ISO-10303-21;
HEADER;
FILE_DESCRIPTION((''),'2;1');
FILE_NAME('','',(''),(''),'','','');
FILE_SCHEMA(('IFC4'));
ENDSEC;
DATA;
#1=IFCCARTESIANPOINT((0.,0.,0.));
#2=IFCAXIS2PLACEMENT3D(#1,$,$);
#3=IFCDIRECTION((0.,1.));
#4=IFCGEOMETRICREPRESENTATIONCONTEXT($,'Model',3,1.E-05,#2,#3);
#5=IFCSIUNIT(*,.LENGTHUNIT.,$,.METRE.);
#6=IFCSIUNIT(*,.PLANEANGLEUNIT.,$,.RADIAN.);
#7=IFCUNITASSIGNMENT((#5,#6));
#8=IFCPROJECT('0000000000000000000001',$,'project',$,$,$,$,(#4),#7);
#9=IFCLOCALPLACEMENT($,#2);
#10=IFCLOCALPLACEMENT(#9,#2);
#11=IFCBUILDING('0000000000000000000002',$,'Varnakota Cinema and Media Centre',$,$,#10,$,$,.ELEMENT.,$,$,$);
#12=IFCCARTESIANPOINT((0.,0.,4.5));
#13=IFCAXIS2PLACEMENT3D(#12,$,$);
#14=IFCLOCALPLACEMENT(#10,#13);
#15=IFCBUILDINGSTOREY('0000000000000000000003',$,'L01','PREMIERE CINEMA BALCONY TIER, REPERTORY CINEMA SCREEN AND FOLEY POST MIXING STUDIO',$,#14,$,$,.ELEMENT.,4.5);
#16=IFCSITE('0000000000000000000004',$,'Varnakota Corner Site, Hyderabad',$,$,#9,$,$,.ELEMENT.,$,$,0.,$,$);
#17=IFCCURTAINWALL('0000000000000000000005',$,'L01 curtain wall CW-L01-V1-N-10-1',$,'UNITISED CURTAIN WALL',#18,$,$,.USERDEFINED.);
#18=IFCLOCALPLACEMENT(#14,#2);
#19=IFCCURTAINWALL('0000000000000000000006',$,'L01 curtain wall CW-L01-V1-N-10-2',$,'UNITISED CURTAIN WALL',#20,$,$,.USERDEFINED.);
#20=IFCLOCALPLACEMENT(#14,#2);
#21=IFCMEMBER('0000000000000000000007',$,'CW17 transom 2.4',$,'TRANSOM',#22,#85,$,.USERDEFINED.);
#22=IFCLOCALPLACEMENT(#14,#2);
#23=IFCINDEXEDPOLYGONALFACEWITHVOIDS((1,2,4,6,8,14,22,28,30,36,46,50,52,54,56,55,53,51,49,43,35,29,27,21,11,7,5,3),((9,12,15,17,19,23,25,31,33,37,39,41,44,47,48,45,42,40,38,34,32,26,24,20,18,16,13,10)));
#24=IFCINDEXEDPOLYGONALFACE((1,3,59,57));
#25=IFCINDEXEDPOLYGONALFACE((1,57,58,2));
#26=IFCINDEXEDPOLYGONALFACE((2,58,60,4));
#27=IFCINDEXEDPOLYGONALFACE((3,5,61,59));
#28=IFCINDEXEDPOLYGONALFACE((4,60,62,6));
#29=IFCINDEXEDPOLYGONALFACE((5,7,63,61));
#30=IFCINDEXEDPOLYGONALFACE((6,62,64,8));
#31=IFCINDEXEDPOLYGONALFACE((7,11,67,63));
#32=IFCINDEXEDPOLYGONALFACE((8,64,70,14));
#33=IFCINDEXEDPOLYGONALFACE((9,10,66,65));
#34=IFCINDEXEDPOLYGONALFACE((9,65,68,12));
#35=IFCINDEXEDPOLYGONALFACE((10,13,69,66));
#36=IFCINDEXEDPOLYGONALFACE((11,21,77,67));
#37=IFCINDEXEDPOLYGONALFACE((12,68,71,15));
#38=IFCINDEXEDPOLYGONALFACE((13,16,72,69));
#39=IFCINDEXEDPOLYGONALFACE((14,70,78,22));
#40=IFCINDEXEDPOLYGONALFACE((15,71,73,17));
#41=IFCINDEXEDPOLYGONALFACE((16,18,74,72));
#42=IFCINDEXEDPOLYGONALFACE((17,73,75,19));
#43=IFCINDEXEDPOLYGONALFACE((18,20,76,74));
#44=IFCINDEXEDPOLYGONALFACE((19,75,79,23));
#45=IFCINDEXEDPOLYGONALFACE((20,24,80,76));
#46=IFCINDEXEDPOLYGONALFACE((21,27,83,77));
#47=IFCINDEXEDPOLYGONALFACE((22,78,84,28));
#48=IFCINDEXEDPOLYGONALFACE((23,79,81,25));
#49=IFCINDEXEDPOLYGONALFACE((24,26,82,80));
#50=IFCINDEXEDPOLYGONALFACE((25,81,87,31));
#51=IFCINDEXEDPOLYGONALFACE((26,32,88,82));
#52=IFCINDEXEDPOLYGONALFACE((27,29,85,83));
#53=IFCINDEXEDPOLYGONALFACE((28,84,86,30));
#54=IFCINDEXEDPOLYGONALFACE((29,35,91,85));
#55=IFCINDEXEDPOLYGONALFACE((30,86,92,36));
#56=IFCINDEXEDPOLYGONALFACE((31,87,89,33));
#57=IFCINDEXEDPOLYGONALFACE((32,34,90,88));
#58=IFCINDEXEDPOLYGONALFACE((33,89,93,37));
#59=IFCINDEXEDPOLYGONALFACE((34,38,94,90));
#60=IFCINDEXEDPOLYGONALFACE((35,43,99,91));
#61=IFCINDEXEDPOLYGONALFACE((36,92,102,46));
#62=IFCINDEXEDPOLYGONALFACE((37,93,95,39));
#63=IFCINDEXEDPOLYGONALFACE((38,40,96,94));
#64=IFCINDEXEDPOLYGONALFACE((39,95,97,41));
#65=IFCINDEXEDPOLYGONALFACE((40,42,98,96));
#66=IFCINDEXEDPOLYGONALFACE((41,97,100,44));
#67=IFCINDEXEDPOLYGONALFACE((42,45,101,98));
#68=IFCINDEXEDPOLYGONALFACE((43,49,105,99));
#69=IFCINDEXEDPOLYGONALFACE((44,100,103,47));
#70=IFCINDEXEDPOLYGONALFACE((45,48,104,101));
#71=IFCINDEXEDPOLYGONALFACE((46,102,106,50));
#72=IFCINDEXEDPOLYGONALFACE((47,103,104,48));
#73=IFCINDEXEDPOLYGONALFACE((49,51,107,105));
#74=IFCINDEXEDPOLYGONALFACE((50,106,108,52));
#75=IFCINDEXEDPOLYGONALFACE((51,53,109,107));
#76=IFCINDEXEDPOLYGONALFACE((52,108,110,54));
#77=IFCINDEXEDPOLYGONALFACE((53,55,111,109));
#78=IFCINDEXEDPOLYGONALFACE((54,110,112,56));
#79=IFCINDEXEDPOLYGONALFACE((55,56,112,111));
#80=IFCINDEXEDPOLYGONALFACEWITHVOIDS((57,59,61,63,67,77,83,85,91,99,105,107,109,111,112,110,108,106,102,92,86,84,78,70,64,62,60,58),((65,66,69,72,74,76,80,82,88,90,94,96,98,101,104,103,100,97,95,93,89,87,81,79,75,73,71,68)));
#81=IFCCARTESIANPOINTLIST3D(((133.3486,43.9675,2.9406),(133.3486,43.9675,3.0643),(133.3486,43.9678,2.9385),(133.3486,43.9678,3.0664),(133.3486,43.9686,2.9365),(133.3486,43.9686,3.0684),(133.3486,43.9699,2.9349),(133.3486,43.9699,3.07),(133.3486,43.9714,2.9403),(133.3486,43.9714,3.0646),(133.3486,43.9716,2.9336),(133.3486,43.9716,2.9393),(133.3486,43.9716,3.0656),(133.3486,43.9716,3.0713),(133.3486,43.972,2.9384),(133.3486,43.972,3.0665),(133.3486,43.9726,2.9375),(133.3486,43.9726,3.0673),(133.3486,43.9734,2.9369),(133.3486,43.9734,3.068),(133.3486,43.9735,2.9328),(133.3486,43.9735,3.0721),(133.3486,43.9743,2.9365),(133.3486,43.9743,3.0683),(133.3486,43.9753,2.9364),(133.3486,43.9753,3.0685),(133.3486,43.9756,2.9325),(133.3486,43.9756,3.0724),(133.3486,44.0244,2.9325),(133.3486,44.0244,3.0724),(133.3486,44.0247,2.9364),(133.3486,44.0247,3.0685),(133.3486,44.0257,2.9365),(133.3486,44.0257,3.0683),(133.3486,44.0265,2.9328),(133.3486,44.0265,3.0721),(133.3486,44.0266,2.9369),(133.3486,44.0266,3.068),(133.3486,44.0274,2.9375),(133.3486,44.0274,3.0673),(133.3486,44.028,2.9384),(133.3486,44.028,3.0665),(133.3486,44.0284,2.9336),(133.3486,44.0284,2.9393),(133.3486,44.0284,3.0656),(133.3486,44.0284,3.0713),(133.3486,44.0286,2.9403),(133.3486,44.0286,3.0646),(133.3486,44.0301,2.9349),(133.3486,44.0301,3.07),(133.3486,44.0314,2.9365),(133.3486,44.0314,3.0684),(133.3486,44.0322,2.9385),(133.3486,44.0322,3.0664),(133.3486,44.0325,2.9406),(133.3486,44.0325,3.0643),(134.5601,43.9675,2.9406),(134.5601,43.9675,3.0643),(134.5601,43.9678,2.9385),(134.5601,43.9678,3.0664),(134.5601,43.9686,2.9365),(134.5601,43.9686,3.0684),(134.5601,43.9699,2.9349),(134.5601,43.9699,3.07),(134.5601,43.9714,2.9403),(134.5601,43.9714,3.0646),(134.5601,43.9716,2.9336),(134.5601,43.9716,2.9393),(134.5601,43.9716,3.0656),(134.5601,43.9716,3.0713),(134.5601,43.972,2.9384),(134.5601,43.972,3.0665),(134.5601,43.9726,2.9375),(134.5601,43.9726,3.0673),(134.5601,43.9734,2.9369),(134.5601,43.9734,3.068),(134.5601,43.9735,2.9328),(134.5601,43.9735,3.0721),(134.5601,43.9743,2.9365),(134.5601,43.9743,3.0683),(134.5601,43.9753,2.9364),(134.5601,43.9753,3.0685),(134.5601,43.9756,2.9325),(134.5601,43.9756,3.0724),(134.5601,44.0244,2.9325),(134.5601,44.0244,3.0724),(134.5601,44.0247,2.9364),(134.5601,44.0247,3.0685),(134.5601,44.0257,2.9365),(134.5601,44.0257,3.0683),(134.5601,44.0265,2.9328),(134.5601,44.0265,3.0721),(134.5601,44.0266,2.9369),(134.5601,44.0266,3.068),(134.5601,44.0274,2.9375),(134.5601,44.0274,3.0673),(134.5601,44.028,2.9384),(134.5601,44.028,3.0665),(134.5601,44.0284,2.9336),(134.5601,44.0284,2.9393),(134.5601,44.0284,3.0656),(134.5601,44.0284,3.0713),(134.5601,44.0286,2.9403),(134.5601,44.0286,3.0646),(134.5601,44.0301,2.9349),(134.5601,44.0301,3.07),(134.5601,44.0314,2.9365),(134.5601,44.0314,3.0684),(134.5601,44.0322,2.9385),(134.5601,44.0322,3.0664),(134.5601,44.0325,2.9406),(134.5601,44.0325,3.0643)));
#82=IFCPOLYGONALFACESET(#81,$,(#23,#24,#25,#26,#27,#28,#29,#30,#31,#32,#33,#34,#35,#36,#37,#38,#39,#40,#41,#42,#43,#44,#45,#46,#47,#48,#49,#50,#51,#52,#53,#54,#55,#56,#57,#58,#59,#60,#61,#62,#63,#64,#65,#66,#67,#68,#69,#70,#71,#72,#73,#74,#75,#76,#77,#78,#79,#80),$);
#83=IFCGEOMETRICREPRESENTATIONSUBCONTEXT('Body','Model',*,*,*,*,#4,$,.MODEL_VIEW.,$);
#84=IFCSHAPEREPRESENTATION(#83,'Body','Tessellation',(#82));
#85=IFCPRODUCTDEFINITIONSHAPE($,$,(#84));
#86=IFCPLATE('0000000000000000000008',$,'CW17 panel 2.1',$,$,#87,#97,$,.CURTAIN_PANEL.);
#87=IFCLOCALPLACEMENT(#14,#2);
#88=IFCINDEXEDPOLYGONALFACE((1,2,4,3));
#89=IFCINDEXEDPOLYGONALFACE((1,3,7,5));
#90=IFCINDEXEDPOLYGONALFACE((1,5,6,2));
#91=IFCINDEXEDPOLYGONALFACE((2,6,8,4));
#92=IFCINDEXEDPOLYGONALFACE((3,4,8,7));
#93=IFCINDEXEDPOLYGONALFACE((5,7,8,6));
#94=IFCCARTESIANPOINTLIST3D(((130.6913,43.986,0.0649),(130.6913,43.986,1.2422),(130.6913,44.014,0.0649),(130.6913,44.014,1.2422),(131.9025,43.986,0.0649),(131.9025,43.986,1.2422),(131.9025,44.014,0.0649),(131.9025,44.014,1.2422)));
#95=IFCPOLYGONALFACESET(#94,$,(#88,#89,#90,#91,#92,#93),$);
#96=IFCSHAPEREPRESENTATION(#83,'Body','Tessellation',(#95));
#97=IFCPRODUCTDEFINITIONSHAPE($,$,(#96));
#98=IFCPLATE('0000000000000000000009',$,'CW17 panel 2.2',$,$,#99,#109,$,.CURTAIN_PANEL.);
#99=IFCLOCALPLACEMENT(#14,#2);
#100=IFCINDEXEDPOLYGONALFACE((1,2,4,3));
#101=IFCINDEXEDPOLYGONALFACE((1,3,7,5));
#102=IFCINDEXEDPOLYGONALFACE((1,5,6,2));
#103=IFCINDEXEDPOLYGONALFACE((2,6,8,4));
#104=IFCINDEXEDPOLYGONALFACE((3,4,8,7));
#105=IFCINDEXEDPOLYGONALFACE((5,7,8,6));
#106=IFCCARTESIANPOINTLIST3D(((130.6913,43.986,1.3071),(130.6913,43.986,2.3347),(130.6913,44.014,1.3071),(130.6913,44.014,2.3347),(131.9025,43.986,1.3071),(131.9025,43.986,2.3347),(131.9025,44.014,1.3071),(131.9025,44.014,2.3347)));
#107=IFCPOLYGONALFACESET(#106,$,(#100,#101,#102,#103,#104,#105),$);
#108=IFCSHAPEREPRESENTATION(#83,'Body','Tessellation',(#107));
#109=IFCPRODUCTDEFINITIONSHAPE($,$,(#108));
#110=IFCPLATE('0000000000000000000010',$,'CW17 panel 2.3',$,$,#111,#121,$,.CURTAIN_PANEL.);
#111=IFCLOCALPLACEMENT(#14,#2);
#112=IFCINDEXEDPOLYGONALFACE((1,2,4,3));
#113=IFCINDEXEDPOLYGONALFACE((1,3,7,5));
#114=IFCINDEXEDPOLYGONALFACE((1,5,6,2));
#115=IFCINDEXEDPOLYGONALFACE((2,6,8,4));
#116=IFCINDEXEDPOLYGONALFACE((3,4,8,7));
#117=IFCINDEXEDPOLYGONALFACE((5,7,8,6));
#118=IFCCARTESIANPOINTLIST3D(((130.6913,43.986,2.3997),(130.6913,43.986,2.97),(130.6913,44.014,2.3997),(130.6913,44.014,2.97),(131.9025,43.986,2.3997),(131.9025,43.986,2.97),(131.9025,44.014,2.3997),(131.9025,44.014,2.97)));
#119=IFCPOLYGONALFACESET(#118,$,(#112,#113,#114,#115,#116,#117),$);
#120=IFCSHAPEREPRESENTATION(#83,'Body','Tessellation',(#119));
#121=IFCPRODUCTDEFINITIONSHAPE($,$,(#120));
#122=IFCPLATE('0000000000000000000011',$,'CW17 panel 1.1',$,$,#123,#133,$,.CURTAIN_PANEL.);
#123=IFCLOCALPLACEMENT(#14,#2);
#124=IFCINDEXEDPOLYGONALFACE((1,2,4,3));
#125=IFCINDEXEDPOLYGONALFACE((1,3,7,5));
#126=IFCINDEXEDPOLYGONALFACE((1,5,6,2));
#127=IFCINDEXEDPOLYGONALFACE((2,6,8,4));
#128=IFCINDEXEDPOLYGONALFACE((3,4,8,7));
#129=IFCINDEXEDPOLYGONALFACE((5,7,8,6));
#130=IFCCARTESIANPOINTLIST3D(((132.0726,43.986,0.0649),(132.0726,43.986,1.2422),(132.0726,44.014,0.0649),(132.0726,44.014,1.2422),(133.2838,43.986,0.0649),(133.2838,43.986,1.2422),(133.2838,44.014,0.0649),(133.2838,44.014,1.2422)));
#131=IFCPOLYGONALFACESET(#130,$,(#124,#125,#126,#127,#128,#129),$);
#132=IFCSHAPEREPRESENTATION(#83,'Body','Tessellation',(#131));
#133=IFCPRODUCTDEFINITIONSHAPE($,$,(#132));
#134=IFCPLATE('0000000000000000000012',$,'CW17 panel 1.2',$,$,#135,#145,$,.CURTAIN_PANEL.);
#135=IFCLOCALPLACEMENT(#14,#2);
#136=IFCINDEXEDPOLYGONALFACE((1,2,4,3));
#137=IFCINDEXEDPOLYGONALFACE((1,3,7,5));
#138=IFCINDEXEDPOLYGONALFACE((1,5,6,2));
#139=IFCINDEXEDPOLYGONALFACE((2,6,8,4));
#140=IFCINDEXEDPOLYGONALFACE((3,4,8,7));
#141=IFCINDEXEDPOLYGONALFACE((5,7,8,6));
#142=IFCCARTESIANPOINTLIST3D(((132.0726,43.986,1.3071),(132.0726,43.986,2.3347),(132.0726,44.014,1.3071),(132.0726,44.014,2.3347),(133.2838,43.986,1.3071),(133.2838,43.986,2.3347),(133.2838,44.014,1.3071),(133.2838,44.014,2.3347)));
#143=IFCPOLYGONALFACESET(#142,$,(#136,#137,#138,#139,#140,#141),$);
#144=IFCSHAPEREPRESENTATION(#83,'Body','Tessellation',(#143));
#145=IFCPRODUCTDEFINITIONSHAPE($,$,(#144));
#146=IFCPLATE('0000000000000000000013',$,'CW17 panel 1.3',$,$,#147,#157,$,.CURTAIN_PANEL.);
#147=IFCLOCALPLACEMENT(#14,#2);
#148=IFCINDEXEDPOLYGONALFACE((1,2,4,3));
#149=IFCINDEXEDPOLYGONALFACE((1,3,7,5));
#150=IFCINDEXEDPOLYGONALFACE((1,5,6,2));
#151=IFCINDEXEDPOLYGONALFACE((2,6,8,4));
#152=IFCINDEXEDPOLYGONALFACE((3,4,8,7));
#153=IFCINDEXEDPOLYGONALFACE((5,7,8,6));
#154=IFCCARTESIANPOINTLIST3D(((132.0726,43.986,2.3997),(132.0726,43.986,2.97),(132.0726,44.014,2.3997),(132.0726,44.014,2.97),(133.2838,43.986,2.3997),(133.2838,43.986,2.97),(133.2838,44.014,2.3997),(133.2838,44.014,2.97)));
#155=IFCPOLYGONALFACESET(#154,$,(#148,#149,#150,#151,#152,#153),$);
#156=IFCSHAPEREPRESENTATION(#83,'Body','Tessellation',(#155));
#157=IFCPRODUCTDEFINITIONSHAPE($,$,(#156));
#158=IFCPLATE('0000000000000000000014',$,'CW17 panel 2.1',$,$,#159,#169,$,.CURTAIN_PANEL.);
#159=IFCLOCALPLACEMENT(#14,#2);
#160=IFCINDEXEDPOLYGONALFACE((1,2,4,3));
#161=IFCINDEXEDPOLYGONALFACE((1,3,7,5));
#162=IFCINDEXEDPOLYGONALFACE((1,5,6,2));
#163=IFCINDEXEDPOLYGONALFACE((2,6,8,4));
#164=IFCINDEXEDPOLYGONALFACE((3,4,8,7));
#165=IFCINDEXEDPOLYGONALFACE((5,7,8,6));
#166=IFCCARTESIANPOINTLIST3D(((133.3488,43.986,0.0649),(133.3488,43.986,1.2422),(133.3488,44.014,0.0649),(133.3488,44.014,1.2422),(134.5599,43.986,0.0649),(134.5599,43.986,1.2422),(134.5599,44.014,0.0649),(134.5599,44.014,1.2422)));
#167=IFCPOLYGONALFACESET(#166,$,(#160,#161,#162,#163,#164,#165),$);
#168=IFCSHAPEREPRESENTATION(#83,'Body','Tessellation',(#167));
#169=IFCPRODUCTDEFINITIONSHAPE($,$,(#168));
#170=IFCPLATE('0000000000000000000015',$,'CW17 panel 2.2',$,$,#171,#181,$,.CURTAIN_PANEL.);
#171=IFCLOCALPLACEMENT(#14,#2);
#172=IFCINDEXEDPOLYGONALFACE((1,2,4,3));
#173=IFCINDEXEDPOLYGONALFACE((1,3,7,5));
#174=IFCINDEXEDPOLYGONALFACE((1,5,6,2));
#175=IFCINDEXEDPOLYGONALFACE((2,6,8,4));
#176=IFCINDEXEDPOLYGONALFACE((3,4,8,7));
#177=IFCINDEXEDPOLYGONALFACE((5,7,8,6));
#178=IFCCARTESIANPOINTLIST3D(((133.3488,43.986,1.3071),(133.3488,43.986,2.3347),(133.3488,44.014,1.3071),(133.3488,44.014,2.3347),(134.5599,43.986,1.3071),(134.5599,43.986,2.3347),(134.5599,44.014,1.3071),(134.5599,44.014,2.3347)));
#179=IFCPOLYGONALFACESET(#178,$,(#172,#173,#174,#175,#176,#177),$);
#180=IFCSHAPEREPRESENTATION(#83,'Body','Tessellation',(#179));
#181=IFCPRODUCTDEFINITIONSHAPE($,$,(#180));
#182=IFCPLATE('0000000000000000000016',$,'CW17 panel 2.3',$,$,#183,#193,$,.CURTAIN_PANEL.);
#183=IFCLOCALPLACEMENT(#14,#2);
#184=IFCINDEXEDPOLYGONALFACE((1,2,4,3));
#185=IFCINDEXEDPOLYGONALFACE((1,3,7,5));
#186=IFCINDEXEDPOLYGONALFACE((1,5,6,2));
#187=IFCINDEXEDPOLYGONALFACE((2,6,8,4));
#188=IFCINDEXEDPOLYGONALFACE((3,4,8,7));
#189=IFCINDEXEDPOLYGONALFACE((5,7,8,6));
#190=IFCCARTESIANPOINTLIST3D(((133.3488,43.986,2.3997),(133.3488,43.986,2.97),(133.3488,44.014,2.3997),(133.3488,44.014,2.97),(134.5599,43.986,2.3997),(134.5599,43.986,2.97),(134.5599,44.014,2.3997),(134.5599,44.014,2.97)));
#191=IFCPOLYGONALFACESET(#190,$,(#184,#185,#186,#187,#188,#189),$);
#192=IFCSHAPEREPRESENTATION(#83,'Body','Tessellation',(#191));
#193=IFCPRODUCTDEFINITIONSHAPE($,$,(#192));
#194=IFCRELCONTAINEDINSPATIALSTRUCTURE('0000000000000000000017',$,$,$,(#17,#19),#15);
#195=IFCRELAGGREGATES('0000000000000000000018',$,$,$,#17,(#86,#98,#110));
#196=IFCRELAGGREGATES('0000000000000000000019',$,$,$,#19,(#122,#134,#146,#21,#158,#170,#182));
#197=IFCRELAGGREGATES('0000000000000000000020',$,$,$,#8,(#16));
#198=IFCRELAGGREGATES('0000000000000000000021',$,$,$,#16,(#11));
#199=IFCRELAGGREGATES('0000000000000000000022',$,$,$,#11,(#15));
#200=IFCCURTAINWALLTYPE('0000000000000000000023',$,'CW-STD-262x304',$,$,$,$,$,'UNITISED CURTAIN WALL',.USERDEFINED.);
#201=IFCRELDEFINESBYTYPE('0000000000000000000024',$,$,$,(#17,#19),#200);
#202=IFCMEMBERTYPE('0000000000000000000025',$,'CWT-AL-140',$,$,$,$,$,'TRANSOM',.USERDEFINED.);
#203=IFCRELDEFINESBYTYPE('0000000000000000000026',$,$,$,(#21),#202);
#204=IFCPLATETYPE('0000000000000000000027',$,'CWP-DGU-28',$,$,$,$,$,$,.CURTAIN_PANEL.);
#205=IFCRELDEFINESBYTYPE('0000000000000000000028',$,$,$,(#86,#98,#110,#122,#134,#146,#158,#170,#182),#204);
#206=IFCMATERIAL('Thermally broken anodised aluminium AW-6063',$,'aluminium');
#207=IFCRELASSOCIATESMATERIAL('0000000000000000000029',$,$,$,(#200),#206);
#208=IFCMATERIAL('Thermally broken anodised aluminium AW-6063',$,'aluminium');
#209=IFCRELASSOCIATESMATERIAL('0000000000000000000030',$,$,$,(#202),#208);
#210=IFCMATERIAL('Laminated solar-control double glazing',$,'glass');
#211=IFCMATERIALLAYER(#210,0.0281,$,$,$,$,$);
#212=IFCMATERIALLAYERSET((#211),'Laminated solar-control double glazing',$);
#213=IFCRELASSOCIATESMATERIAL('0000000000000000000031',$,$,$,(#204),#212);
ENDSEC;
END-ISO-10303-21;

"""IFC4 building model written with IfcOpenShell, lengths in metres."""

from ifc_helpers import new_model, si_unit, direction, frame, origin, origin_2d, place, context, subcontext, project, spatial, rectangle, hollow_rectangle, extrude, material, layer, layer_set, material_profile, profile_set, type_object, element, aggregate, save


model = new_model("IFC4")

# Units and contexts
model_context = context("Model", 3, precision=1e-05, world=origin(), true_north=direction((0.0, 1.0)))
body_context = subcontext(model_context, "Body", "Model", "MODEL_VIEW")
ifc_project = project(units=[si_unit("LENGTHUNIT", "METRE"), si_unit("PLANEANGLEUNIT", "RADIAN")], contexts=[model_context])

# Site, building, storey
site_placement = place(None, origin())
site = spatial("IfcSite", under=ifc_project, at=site_placement, Name="Varnakota Corner Site, Hyderabad", CompositionType="ELEMENT", RefElevation=0.0)
building_placement = place(site_placement, origin())
building = spatial("IfcBuilding", under=site, at=building_placement, Name="Varnakota Cinema and Media Centre", CompositionType="ELEMENT")
storey_placement = place(building_placement, frame((0.0, 0.0, 4.5)))
storey = spatial("IfcBuildingStorey", under=building, at=storey_placement, Name="L01", Description="PREMIERE CINEMA BALCONY TIER, REPERTORY CINEMA SCREEN AND FOLEY POST MIXING STUDIO", CompositionType="ELEMENT", Elevation=4.5)

# Curtain wall
ifc_material_1 = material(Name="Thermally broken anodised aluminium AW-6063", Category="aluminium")
curtain_wall_type = type_object("IfcCurtainWallType", Name="CW-STD-262x304", ElementType="UNITISED CURTAIN WALL", PredefinedType="USERDEFINED", material=ifc_material_1)
curtain_wall_1_placement = place(storey_placement, origin())
curtain_wall_1 = element("IfcCurtainWall", 1, at=curtain_wall_1_placement, inside=storey, type_object=curtain_wall_type, Name="L01 curtain wall CW-L01-V1-N-10-1", ObjectType="UNITISED CURTAIN WALL", PredefinedType="USERDEFINED")

# Curtain wall, member
curtain_wall_2_placement = place(storey_placement, origin())
curtain_wall_2 = element("IfcCurtainWall", 2, at=curtain_wall_2_placement, inside=storey, type_object=curtain_wall_type, Name="L01 curtain wall CW-L01-V1-N-10-2", ObjectType="UNITISED CURTAIN WALL", PredefinedType="USERDEFINED")
ifc_material_2 = material(Name="Thermally broken anodised aluminium AW-6063", Category="aluminium")
ifc_material_profile_1 = material_profile(ifc_material_2, hollow_rectangle(XDim=0.0649, YDim=0.1399, WallThickness=0.0039, InnerFilletRadius=0.0039, OuterFilletRadius=0.0081, at=origin_2d()), Name="AL-TRANSOM 140x65x4")
ifc_profile_set_1 = profile_set([ifc_material_profile_1], Name="Thermally broken anodised aluminium AW-6063")
member_type_1 = type_object("IfcMemberType", Name="CWT-AL-140", ElementType="TRANSOM", PredefinedType="USERDEFINED", material=ifc_profile_set_1)
member_1_placement = place(storey_placement, frame((133.3486, 44.0, 3.0024), z_axis=(1.0, 0.0, 0.0), x_axis=(0.0, 1.0, 0.0)))
member_1 = element("IfcMember", 3, at=member_1_placement, type_object=member_type_1, Name="CW17 transom 2.4", ObjectType="TRANSOM", PredefinedType="USERDEFINED", context=body_context, shape_type="SweptSolid", body=[
    extrude(hollow_rectangle(XDim=0.0649, YDim=0.1399, WallThickness=0.0039, InnerFilletRadius=0.0039, OuterFilletRadius=0.0081, at=origin_2d()), origin(), (0.0, 0.0, 1.0), 1.2114),
])

# Plates
ifc_material_3 = material(Name="Laminated solar-control double glazing", Category="glass")
ifc_layer_1 = layer(ifc_material_3, 0.0281)
ifc_layer_set_1 = layer_set([ifc_layer_1], Name="Laminated solar-control double glazing")
plate_type = type_object("IfcPlateType", Name="CWP-DGU-28", PredefinedType="CURTAIN_PANEL", material=ifc_layer_set_1)
plate_1_placement = place(storey_placement, frame((131.2969, 44.0, 0.0649), z_axis=(0.0, 0.0, 1.0), x_axis=(1.0, 0.0, 0.0)))
plate_1 = element("IfcPlate", 4, at=plate_1_placement, type_object=plate_type, Name="CW17 panel 2.1", PredefinedType="CURTAIN_PANEL", context=body_context, shape_type="SweptSolid", body=[
    extrude(rectangle(XDim=1.2112, YDim=0.0281, at=origin_2d()), origin(), (0.0, 0.0, 1.0), 1.1772),
])
plate_2_placement = place(storey_placement, frame((131.2969, 44.0, 1.3071), z_axis=(0.0, 0.0, 1.0), x_axis=(1.0, 0.0, 0.0)))
plate_2 = element("IfcPlate", 5, at=plate_2_placement, type_object=plate_type, Name="CW17 panel 2.2", PredefinedType="CURTAIN_PANEL", context=body_context, shape_type="SweptSolid", body=[
    extrude(rectangle(XDim=1.2112, YDim=0.0281, at=origin_2d()), origin(), (0.0, 0.0, 1.0), 1.0276),
])
plate_3_placement = place(storey_placement, frame((131.2969, 44.0, 2.3997), z_axis=(0.0, 0.0, 1.0), x_axis=(1.0, 0.0, 0.0)))
plate_3 = element("IfcPlate", 6, at=plate_3_placement, type_object=plate_type, Name="CW17 panel 2.3", PredefinedType="CURTAIN_PANEL", context=body_context, shape_type="SweptSolid", body=[
    extrude(rectangle(XDim=1.2112, YDim=0.0281, at=origin_2d()), origin(), (0.0, 0.0, 1.0), 0.5703),
])
aggregate(curtain_wall_1, [plate_1, plate_2, plate_3])
plate_4_placement = place(storey_placement, frame((132.6782, 44.0, 0.0649), z_axis=(0.0, 0.0, 1.0), x_axis=(1.0, 0.0, 0.0)))
plate_4 = element("IfcPlate", 7, at=plate_4_placement, type_object=plate_type, Name="CW17 panel 1.1", PredefinedType="CURTAIN_PANEL", context=body_context, shape_type="SweptSolid", body=[
    extrude(rectangle(XDim=1.2112, YDim=0.0281, at=origin_2d()), origin(), (0.0, 0.0, 1.0), 1.1772),
])
plate_5_placement = place(storey_placement, frame((132.6782, 44.0, 1.3071), z_axis=(0.0, 0.0, 1.0), x_axis=(1.0, 0.0, 0.0)))
plate_5 = element("IfcPlate", 8, at=plate_5_placement, type_object=plate_type, Name="CW17 panel 1.2", PredefinedType="CURTAIN_PANEL", context=body_context, shape_type="SweptSolid", body=[
    extrude(rectangle(XDim=1.2112, YDim=0.0281, at=origin_2d()), origin(), (0.0, 0.0, 1.0), 1.0276),
])
plate_6_placement = place(storey_placement, frame((132.6782, 44.0, 2.3997), z_axis=(0.0, 0.0, 1.0), x_axis=(1.0, 0.0, 0.0)))
plate_6 = element("IfcPlate", 9, at=plate_6_placement, type_object=plate_type, Name="CW17 panel 1.3", PredefinedType="CURTAIN_PANEL", context=body_context, shape_type="SweptSolid", body=[
    extrude(rectangle(XDim=1.2112, YDim=0.0281, at=origin_2d()), origin(), (0.0, 0.0, 1.0), 0.5703),
])
plate_7_placement = place(storey_placement, frame((133.9543, 44.0, 0.0649), z_axis=(0.0, 0.0, 1.0), x_axis=(1.0, 0.0, 0.0)))
plate_7 = element("IfcPlate", 10, at=plate_7_placement, type_object=plate_type, Name="CW17 panel 2.1", PredefinedType="CURTAIN_PANEL", context=body_context, shape_type="SweptSolid", body=[
    extrude(rectangle(XDim=1.2112, YDim=0.0281, at=origin_2d()), origin(), (0.0, 0.0, 1.0), 1.1772),
])
plate_8_placement = place(storey_placement, frame((133.9543, 44.0, 1.3071), z_axis=(0.0, 0.0, 1.0), x_axis=(1.0, 0.0, 0.0)))
plate_8 = element("IfcPlate", 11, at=plate_8_placement, type_object=plate_type, Name="CW17 panel 2.2", PredefinedType="CURTAIN_PANEL", context=body_context, shape_type="SweptSolid", body=[
    extrude(rectangle(XDim=1.2112, YDim=0.0281, at=origin_2d()), origin(), (0.0, 0.0, 1.0), 1.0276),
])
plate_9_placement = place(storey_placement, frame((133.9543, 44.0, 2.3997), z_axis=(0.0, 0.0, 1.0), x_axis=(1.0, 0.0, 0.0)))
plate_9 = element("IfcPlate", 12, at=plate_9_placement, type_object=plate_type, Name="CW17 panel 2.3", PredefinedType="CURTAIN_PANEL", context=body_context, shape_type="SweptSolid", body=[
    extrude(rectangle(XDim=1.2112, YDim=0.0281, at=origin_2d()), origin(), (0.0, 0.0, 1.0), 0.5703),
])
aggregate(curtain_wall_2, [plate_4, plate_5, plate_6, member_1, plate_7, plate_8, plate_9])

save(model, "model.ifc")
